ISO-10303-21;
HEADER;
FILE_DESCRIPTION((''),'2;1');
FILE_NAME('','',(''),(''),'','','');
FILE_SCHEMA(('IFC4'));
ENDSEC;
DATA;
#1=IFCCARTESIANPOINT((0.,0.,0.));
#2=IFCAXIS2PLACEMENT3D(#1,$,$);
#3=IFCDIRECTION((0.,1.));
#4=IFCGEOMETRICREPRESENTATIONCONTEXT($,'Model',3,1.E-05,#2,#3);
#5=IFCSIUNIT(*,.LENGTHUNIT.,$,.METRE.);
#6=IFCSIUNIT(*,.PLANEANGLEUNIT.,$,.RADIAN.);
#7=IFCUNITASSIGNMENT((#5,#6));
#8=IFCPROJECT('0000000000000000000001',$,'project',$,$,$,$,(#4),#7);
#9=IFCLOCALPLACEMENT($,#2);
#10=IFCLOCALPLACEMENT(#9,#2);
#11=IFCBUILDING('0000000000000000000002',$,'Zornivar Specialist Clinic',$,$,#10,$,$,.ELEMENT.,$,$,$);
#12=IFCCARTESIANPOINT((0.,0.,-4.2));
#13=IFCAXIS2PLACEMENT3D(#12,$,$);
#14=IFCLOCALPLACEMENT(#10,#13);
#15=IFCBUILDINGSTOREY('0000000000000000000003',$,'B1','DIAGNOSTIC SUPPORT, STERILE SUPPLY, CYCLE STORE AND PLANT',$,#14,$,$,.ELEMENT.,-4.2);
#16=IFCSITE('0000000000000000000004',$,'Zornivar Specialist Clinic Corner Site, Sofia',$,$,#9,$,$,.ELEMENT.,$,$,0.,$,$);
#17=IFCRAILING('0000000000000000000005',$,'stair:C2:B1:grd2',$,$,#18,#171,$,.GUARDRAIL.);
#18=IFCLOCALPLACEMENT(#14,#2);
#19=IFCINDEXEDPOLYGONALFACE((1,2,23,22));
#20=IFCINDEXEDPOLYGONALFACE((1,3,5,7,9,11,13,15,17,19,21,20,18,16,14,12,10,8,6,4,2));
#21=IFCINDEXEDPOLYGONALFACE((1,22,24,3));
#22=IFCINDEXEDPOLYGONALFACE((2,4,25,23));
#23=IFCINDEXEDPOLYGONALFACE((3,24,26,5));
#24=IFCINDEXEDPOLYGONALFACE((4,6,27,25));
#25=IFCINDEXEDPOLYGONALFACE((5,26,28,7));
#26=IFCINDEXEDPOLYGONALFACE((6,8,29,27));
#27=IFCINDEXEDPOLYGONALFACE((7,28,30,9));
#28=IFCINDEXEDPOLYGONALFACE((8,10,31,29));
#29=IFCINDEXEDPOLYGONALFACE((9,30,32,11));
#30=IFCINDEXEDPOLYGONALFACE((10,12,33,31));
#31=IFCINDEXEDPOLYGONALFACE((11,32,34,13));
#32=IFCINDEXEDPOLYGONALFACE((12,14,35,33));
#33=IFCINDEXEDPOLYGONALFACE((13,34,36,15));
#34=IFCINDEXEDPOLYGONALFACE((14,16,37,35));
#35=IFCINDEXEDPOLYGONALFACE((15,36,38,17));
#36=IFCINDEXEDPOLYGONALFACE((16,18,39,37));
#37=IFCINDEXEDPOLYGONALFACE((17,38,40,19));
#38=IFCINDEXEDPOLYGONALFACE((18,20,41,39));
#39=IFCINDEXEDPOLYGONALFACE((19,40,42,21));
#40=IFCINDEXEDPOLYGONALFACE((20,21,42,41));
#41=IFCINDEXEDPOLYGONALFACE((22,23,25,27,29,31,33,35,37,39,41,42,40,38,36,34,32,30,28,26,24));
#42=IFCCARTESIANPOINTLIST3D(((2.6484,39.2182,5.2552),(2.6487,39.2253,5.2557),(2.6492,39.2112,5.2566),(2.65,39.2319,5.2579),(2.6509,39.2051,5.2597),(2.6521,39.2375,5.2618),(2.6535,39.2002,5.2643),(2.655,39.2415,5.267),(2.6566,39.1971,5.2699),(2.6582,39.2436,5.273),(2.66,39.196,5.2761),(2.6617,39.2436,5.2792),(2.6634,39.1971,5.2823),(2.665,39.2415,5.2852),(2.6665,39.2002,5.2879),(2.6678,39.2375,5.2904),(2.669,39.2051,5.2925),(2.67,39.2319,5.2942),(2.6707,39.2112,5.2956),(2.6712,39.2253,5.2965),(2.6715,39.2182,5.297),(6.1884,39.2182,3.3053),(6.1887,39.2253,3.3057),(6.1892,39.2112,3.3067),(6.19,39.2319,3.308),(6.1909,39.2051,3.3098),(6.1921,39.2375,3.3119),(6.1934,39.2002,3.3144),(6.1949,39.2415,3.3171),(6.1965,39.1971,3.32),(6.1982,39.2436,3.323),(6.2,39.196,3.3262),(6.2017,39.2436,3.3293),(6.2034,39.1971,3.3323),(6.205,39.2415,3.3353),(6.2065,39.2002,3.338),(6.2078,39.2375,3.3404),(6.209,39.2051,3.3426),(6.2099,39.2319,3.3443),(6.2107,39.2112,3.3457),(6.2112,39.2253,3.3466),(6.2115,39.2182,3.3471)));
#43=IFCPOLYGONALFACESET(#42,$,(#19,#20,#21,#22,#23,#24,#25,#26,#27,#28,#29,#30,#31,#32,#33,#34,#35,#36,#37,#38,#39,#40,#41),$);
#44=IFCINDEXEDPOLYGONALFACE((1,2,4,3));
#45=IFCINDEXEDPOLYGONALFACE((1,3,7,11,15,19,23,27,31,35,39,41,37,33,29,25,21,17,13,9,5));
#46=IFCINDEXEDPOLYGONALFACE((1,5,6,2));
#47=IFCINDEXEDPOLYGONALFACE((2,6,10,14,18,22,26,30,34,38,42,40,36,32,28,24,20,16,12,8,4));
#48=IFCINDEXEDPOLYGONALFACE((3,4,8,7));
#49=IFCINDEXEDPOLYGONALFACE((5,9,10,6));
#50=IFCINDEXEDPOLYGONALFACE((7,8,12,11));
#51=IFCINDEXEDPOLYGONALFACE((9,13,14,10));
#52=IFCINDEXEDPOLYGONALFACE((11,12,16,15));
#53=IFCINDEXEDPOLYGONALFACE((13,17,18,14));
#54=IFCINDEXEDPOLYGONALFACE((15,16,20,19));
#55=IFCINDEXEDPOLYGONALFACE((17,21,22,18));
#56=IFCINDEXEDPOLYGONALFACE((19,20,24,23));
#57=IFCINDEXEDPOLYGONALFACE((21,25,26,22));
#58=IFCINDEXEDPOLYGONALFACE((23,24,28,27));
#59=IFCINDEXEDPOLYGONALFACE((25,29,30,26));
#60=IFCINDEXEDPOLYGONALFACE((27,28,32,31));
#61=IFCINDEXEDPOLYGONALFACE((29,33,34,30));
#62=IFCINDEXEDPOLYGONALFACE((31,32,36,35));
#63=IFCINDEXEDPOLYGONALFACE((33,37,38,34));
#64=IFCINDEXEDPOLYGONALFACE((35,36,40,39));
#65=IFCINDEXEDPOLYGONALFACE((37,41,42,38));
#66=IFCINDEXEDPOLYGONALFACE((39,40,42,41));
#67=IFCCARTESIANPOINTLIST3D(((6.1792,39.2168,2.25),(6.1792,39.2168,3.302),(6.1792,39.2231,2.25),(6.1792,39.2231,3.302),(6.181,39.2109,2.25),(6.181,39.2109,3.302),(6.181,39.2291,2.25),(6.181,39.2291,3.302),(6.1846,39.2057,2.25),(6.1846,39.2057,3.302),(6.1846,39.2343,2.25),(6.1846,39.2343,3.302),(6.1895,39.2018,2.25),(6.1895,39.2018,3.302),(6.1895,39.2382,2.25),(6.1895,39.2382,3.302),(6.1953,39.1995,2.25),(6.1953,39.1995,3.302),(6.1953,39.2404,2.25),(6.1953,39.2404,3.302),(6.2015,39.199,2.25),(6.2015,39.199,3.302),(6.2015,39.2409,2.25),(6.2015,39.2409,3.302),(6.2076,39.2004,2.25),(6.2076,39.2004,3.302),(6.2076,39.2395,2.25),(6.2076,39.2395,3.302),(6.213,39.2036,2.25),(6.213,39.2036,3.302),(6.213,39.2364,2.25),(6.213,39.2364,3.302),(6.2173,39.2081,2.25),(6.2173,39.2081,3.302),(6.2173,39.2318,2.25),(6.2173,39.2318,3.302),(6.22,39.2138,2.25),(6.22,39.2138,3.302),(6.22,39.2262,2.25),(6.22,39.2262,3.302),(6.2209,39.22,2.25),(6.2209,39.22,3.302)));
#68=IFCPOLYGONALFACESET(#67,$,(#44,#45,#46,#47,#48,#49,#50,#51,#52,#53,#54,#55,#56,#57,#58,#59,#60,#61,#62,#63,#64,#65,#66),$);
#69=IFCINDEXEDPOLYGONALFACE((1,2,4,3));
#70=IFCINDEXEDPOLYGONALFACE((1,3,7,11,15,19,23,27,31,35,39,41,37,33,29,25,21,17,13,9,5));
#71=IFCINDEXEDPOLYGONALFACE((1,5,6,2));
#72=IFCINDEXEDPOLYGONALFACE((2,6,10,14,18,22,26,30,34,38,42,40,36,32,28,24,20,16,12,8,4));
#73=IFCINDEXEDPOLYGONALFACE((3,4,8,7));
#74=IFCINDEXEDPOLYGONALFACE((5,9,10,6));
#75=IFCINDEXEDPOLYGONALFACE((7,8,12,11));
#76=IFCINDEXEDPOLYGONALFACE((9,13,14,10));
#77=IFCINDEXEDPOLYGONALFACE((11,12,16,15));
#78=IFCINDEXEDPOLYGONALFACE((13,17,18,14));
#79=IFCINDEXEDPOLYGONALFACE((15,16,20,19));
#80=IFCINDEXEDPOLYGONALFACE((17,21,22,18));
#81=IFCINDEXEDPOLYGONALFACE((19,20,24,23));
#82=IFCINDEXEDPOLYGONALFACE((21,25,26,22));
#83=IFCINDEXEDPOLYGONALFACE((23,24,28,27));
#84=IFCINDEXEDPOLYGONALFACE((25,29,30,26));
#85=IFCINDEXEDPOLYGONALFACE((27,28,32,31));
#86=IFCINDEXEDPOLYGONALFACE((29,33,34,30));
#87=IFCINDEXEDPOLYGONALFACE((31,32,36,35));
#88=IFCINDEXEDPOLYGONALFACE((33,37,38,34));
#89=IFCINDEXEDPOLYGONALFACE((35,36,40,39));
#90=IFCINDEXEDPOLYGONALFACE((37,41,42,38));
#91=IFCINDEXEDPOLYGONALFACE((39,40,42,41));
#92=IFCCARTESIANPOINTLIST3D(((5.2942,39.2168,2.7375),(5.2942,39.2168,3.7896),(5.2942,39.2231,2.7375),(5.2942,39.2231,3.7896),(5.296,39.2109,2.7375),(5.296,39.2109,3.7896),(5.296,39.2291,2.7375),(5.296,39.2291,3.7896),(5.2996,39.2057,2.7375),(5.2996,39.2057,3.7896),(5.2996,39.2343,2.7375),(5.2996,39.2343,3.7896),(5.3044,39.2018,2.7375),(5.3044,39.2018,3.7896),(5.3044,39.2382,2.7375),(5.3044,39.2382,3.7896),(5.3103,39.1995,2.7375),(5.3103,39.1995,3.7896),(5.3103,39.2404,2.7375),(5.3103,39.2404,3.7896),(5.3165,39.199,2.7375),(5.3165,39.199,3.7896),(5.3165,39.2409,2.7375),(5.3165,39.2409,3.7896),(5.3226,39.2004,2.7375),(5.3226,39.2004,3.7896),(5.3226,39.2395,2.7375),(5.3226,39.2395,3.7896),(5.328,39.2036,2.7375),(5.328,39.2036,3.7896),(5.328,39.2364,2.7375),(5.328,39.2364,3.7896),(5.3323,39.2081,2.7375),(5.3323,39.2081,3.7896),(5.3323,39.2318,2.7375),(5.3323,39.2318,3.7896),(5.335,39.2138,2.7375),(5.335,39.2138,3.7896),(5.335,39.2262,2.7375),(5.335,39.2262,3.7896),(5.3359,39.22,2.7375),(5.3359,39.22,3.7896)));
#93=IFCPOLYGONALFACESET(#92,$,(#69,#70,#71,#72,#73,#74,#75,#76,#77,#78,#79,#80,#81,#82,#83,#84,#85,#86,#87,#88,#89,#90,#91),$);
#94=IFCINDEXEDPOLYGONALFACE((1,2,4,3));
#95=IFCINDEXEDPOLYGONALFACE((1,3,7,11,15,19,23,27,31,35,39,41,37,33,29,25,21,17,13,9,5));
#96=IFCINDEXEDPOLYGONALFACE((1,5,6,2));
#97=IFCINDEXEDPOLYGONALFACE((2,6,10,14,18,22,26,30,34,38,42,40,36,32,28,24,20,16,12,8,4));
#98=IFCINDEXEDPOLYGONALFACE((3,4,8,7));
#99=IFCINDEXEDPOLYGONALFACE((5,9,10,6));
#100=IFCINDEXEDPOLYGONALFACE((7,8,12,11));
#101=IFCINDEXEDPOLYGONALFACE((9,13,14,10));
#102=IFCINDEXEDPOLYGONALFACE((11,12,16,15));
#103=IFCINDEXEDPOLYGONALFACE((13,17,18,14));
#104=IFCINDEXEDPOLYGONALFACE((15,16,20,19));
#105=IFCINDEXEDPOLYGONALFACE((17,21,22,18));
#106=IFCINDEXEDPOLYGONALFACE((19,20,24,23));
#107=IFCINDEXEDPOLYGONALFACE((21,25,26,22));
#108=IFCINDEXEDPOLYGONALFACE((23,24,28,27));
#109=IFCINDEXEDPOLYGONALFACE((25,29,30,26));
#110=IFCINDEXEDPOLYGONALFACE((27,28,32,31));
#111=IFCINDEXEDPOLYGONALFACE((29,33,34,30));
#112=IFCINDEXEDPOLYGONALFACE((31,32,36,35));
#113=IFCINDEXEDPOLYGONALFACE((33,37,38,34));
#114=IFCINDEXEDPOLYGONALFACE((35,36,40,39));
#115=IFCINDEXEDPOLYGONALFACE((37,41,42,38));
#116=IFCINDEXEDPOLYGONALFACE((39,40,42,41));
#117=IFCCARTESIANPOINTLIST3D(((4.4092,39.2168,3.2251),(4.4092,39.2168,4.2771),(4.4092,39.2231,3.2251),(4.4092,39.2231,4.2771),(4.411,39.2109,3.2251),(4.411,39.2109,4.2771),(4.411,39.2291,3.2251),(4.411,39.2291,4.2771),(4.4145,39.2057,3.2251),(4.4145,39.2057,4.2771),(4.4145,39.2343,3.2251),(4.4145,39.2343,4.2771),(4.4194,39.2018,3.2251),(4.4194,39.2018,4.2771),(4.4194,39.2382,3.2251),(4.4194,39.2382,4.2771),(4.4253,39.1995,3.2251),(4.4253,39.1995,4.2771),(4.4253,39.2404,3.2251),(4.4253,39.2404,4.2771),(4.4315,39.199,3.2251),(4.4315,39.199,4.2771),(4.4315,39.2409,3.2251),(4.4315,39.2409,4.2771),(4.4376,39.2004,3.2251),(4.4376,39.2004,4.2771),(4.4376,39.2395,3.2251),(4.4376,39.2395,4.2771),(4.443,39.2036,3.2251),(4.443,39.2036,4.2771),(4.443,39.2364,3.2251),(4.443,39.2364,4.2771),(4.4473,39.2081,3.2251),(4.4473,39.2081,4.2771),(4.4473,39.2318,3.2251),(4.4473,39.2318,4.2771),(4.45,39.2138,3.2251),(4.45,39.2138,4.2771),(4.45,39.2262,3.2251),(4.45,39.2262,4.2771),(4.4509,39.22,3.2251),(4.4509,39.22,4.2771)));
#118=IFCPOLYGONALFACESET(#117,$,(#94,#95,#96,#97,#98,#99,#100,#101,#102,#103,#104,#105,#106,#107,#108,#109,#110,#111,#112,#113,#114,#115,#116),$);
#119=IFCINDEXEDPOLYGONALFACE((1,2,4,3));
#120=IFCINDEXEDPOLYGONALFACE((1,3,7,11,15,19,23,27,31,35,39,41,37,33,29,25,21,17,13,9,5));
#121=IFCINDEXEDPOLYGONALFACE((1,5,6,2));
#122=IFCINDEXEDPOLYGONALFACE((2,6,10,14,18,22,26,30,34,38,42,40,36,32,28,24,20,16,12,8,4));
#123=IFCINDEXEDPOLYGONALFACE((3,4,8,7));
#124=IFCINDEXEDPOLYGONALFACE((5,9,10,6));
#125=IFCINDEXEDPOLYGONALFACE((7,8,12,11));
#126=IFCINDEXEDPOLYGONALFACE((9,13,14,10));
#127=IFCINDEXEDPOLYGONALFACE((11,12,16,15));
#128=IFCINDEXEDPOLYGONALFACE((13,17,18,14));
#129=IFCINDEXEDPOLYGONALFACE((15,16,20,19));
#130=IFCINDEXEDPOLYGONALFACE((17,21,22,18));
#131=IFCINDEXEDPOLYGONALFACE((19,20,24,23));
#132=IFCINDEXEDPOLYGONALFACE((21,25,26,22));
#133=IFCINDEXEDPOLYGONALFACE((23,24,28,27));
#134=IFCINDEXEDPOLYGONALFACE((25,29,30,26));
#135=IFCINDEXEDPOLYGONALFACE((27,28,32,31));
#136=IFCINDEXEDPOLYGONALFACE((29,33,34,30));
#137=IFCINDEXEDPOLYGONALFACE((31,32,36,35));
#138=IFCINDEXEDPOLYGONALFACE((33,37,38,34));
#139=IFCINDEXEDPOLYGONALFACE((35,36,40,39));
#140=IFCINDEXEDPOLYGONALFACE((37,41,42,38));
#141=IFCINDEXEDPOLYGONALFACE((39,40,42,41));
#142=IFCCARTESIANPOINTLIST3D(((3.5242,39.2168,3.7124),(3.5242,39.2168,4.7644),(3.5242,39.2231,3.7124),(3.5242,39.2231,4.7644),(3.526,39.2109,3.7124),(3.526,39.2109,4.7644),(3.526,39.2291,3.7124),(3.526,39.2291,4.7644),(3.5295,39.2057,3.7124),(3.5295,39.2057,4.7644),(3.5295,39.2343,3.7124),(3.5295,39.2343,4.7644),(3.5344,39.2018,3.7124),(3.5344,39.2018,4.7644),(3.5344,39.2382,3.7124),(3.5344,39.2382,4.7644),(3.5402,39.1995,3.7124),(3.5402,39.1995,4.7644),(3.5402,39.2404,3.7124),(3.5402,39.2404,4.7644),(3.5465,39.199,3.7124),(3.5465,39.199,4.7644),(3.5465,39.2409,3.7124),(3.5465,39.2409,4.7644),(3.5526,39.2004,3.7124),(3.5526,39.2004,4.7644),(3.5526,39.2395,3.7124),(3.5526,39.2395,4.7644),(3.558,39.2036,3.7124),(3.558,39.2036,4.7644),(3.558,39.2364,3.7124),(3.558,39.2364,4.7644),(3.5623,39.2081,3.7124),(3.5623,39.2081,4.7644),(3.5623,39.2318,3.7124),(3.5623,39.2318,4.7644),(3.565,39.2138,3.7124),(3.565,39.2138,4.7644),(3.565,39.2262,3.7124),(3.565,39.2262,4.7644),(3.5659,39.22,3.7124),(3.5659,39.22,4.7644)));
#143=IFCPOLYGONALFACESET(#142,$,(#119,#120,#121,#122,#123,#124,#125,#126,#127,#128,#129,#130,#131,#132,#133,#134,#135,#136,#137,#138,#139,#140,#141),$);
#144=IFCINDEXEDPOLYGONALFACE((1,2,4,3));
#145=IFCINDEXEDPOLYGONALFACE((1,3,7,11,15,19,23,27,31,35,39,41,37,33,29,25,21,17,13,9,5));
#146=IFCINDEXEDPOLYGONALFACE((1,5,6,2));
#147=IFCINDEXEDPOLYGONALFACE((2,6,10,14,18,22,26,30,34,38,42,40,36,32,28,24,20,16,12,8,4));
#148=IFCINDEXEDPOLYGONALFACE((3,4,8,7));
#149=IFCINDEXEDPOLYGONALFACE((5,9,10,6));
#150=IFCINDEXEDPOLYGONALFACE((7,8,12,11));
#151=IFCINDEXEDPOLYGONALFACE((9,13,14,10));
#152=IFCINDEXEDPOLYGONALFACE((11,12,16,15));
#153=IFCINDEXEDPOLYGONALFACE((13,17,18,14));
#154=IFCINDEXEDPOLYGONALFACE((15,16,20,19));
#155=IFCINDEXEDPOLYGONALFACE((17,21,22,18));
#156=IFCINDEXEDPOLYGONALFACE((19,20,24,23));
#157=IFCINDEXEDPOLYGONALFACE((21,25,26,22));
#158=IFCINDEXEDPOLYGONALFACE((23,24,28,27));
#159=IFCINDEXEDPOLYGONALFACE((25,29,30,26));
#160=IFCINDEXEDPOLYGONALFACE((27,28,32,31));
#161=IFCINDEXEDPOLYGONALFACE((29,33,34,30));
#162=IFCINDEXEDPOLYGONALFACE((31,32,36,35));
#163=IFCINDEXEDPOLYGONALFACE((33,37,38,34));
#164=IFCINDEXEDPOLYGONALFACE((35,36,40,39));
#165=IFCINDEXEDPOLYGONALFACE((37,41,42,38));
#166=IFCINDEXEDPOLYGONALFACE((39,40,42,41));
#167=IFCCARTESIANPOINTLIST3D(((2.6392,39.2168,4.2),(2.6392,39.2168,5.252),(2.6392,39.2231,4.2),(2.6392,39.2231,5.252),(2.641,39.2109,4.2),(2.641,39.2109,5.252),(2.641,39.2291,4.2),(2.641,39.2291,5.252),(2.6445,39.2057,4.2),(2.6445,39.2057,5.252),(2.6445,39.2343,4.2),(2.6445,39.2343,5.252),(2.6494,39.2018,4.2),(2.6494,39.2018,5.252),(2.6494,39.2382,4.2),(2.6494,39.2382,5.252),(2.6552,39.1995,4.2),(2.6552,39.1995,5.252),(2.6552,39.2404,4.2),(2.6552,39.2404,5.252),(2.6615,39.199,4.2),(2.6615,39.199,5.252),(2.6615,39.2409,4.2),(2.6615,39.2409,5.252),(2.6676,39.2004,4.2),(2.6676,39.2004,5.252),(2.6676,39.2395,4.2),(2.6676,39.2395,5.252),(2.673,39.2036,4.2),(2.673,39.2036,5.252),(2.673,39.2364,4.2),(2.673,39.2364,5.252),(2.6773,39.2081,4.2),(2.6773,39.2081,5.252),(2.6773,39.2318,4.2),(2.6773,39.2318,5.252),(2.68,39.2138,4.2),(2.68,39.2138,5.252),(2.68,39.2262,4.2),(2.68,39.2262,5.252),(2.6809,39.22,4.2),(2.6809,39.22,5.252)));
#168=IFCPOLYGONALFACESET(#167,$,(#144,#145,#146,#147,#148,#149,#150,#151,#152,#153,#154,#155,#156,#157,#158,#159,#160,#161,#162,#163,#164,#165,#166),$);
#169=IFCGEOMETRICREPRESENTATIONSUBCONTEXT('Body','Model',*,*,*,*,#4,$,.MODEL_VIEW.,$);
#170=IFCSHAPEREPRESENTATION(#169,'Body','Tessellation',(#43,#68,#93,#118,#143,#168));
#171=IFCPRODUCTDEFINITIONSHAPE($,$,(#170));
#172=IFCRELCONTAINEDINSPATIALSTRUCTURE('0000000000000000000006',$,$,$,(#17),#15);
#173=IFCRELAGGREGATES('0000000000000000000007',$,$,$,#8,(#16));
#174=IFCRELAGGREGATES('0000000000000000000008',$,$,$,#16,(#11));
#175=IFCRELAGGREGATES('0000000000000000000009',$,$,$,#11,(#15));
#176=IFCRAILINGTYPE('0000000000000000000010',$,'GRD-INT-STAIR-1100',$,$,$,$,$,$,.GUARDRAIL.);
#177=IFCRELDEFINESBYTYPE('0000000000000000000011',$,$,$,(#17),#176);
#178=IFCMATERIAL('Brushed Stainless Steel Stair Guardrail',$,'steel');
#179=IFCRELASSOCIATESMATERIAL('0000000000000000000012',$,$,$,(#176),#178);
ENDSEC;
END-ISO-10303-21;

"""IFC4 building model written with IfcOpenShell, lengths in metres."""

from ifc_helpers import new_model, si_unit, direction, frame, origin, origin_2d, place, context, subcontext, project, spatial, circle, extrude, material, type_object, element, save


model = new_model("IFC4")

# Units and contexts
model_context = context("Model", 3, precision=1e-05, world=origin(), true_north=direction((0.0, 1.0)))
body_context = subcontext(model_context, "Body", "Model", "MODEL_VIEW")
ifc_project = project(units=[si_unit("LENGTHUNIT", "METRE"), si_unit("PLANEANGLEUNIT", "RADIAN")], contexts=[model_context])

# Site, building, storey
site_placement = place(None, origin())
site = spatial("IfcSite", under=ifc_project, at=site_placement, Name="Zornivar Specialist Clinic Corner Site, Sofia", CompositionType="ELEMENT", RefElevation=0.0)
building_placement = place(site_placement, origin())
building = spatial("IfcBuilding", under=site, at=building_placement, Name="Zornivar Specialist Clinic", CompositionType="ELEMENT")
storey_placement = place(building_placement, frame((0.0, 0.0, -4.2)))
storey = spatial("IfcBuildingStorey", under=building, at=storey_placement, Name="B1", Description="DIAGNOSTIC SUPPORT, STERILE SUPPLY, CYCLE STORE AND PLANT", CompositionType="ELEMENT", Elevation=-4.2)

# Railing
ifc_material_1 = material(Name="Brushed Stainless Steel Stair Guardrail", Category="steel")
railing_type_1 = type_object("IfcRailingType", Name="GRD-INT-STAIR-1100", PredefinedType="GUARDRAIL", material=ifc_material_1)
railing_1_placement = place(storey_placement, frame((6.2, 39.22, 2.25)))
element("IfcRailing", 1, at=railing_1_placement, inside=storey, type_object=railing_type_1, Name="stair:C2:B1:grd2", PredefinedType="GUARDRAIL", context=body_context, shape_type="SweptSolid", body=[
    extrude(circle(Radius=0.0239, at=origin_2d()), frame((0.0, 0.0, 1.0762), z_axis=(-0.87591, 0.0, 0.482475), x_axis=(0.0, -1.0, 0.0)), (0.0, 0.0, 1.0), 4.0415),
    extrude(circle(Radius=0.021, at=origin_2d()), origin(), (0.0, 0.0, 1.0), 1.052),
    extrude(circle(Radius=0.021, at=origin_2d()), frame((-0.885, 0.0, 0.4875)), (0.0, 0.0, 1.0), 1.052),
    extrude(circle(Radius=0.021, at=origin_2d()), frame((-1.77, 0.0, 0.9751)), (0.0, 0.0, 1.0), 1.052),
    extrude(circle(Radius=0.021, at=origin_2d()), frame((-2.655, 0.0, 1.4624)), (0.0, 0.0, 1.0), 1.052),
    extrude(circle(Radius=0.021, at=origin_2d()), frame((-3.54, 0.0, 1.95)), (0.0, 0.0, 1.0), 1.052),
])

save(model, "model.ifc")
